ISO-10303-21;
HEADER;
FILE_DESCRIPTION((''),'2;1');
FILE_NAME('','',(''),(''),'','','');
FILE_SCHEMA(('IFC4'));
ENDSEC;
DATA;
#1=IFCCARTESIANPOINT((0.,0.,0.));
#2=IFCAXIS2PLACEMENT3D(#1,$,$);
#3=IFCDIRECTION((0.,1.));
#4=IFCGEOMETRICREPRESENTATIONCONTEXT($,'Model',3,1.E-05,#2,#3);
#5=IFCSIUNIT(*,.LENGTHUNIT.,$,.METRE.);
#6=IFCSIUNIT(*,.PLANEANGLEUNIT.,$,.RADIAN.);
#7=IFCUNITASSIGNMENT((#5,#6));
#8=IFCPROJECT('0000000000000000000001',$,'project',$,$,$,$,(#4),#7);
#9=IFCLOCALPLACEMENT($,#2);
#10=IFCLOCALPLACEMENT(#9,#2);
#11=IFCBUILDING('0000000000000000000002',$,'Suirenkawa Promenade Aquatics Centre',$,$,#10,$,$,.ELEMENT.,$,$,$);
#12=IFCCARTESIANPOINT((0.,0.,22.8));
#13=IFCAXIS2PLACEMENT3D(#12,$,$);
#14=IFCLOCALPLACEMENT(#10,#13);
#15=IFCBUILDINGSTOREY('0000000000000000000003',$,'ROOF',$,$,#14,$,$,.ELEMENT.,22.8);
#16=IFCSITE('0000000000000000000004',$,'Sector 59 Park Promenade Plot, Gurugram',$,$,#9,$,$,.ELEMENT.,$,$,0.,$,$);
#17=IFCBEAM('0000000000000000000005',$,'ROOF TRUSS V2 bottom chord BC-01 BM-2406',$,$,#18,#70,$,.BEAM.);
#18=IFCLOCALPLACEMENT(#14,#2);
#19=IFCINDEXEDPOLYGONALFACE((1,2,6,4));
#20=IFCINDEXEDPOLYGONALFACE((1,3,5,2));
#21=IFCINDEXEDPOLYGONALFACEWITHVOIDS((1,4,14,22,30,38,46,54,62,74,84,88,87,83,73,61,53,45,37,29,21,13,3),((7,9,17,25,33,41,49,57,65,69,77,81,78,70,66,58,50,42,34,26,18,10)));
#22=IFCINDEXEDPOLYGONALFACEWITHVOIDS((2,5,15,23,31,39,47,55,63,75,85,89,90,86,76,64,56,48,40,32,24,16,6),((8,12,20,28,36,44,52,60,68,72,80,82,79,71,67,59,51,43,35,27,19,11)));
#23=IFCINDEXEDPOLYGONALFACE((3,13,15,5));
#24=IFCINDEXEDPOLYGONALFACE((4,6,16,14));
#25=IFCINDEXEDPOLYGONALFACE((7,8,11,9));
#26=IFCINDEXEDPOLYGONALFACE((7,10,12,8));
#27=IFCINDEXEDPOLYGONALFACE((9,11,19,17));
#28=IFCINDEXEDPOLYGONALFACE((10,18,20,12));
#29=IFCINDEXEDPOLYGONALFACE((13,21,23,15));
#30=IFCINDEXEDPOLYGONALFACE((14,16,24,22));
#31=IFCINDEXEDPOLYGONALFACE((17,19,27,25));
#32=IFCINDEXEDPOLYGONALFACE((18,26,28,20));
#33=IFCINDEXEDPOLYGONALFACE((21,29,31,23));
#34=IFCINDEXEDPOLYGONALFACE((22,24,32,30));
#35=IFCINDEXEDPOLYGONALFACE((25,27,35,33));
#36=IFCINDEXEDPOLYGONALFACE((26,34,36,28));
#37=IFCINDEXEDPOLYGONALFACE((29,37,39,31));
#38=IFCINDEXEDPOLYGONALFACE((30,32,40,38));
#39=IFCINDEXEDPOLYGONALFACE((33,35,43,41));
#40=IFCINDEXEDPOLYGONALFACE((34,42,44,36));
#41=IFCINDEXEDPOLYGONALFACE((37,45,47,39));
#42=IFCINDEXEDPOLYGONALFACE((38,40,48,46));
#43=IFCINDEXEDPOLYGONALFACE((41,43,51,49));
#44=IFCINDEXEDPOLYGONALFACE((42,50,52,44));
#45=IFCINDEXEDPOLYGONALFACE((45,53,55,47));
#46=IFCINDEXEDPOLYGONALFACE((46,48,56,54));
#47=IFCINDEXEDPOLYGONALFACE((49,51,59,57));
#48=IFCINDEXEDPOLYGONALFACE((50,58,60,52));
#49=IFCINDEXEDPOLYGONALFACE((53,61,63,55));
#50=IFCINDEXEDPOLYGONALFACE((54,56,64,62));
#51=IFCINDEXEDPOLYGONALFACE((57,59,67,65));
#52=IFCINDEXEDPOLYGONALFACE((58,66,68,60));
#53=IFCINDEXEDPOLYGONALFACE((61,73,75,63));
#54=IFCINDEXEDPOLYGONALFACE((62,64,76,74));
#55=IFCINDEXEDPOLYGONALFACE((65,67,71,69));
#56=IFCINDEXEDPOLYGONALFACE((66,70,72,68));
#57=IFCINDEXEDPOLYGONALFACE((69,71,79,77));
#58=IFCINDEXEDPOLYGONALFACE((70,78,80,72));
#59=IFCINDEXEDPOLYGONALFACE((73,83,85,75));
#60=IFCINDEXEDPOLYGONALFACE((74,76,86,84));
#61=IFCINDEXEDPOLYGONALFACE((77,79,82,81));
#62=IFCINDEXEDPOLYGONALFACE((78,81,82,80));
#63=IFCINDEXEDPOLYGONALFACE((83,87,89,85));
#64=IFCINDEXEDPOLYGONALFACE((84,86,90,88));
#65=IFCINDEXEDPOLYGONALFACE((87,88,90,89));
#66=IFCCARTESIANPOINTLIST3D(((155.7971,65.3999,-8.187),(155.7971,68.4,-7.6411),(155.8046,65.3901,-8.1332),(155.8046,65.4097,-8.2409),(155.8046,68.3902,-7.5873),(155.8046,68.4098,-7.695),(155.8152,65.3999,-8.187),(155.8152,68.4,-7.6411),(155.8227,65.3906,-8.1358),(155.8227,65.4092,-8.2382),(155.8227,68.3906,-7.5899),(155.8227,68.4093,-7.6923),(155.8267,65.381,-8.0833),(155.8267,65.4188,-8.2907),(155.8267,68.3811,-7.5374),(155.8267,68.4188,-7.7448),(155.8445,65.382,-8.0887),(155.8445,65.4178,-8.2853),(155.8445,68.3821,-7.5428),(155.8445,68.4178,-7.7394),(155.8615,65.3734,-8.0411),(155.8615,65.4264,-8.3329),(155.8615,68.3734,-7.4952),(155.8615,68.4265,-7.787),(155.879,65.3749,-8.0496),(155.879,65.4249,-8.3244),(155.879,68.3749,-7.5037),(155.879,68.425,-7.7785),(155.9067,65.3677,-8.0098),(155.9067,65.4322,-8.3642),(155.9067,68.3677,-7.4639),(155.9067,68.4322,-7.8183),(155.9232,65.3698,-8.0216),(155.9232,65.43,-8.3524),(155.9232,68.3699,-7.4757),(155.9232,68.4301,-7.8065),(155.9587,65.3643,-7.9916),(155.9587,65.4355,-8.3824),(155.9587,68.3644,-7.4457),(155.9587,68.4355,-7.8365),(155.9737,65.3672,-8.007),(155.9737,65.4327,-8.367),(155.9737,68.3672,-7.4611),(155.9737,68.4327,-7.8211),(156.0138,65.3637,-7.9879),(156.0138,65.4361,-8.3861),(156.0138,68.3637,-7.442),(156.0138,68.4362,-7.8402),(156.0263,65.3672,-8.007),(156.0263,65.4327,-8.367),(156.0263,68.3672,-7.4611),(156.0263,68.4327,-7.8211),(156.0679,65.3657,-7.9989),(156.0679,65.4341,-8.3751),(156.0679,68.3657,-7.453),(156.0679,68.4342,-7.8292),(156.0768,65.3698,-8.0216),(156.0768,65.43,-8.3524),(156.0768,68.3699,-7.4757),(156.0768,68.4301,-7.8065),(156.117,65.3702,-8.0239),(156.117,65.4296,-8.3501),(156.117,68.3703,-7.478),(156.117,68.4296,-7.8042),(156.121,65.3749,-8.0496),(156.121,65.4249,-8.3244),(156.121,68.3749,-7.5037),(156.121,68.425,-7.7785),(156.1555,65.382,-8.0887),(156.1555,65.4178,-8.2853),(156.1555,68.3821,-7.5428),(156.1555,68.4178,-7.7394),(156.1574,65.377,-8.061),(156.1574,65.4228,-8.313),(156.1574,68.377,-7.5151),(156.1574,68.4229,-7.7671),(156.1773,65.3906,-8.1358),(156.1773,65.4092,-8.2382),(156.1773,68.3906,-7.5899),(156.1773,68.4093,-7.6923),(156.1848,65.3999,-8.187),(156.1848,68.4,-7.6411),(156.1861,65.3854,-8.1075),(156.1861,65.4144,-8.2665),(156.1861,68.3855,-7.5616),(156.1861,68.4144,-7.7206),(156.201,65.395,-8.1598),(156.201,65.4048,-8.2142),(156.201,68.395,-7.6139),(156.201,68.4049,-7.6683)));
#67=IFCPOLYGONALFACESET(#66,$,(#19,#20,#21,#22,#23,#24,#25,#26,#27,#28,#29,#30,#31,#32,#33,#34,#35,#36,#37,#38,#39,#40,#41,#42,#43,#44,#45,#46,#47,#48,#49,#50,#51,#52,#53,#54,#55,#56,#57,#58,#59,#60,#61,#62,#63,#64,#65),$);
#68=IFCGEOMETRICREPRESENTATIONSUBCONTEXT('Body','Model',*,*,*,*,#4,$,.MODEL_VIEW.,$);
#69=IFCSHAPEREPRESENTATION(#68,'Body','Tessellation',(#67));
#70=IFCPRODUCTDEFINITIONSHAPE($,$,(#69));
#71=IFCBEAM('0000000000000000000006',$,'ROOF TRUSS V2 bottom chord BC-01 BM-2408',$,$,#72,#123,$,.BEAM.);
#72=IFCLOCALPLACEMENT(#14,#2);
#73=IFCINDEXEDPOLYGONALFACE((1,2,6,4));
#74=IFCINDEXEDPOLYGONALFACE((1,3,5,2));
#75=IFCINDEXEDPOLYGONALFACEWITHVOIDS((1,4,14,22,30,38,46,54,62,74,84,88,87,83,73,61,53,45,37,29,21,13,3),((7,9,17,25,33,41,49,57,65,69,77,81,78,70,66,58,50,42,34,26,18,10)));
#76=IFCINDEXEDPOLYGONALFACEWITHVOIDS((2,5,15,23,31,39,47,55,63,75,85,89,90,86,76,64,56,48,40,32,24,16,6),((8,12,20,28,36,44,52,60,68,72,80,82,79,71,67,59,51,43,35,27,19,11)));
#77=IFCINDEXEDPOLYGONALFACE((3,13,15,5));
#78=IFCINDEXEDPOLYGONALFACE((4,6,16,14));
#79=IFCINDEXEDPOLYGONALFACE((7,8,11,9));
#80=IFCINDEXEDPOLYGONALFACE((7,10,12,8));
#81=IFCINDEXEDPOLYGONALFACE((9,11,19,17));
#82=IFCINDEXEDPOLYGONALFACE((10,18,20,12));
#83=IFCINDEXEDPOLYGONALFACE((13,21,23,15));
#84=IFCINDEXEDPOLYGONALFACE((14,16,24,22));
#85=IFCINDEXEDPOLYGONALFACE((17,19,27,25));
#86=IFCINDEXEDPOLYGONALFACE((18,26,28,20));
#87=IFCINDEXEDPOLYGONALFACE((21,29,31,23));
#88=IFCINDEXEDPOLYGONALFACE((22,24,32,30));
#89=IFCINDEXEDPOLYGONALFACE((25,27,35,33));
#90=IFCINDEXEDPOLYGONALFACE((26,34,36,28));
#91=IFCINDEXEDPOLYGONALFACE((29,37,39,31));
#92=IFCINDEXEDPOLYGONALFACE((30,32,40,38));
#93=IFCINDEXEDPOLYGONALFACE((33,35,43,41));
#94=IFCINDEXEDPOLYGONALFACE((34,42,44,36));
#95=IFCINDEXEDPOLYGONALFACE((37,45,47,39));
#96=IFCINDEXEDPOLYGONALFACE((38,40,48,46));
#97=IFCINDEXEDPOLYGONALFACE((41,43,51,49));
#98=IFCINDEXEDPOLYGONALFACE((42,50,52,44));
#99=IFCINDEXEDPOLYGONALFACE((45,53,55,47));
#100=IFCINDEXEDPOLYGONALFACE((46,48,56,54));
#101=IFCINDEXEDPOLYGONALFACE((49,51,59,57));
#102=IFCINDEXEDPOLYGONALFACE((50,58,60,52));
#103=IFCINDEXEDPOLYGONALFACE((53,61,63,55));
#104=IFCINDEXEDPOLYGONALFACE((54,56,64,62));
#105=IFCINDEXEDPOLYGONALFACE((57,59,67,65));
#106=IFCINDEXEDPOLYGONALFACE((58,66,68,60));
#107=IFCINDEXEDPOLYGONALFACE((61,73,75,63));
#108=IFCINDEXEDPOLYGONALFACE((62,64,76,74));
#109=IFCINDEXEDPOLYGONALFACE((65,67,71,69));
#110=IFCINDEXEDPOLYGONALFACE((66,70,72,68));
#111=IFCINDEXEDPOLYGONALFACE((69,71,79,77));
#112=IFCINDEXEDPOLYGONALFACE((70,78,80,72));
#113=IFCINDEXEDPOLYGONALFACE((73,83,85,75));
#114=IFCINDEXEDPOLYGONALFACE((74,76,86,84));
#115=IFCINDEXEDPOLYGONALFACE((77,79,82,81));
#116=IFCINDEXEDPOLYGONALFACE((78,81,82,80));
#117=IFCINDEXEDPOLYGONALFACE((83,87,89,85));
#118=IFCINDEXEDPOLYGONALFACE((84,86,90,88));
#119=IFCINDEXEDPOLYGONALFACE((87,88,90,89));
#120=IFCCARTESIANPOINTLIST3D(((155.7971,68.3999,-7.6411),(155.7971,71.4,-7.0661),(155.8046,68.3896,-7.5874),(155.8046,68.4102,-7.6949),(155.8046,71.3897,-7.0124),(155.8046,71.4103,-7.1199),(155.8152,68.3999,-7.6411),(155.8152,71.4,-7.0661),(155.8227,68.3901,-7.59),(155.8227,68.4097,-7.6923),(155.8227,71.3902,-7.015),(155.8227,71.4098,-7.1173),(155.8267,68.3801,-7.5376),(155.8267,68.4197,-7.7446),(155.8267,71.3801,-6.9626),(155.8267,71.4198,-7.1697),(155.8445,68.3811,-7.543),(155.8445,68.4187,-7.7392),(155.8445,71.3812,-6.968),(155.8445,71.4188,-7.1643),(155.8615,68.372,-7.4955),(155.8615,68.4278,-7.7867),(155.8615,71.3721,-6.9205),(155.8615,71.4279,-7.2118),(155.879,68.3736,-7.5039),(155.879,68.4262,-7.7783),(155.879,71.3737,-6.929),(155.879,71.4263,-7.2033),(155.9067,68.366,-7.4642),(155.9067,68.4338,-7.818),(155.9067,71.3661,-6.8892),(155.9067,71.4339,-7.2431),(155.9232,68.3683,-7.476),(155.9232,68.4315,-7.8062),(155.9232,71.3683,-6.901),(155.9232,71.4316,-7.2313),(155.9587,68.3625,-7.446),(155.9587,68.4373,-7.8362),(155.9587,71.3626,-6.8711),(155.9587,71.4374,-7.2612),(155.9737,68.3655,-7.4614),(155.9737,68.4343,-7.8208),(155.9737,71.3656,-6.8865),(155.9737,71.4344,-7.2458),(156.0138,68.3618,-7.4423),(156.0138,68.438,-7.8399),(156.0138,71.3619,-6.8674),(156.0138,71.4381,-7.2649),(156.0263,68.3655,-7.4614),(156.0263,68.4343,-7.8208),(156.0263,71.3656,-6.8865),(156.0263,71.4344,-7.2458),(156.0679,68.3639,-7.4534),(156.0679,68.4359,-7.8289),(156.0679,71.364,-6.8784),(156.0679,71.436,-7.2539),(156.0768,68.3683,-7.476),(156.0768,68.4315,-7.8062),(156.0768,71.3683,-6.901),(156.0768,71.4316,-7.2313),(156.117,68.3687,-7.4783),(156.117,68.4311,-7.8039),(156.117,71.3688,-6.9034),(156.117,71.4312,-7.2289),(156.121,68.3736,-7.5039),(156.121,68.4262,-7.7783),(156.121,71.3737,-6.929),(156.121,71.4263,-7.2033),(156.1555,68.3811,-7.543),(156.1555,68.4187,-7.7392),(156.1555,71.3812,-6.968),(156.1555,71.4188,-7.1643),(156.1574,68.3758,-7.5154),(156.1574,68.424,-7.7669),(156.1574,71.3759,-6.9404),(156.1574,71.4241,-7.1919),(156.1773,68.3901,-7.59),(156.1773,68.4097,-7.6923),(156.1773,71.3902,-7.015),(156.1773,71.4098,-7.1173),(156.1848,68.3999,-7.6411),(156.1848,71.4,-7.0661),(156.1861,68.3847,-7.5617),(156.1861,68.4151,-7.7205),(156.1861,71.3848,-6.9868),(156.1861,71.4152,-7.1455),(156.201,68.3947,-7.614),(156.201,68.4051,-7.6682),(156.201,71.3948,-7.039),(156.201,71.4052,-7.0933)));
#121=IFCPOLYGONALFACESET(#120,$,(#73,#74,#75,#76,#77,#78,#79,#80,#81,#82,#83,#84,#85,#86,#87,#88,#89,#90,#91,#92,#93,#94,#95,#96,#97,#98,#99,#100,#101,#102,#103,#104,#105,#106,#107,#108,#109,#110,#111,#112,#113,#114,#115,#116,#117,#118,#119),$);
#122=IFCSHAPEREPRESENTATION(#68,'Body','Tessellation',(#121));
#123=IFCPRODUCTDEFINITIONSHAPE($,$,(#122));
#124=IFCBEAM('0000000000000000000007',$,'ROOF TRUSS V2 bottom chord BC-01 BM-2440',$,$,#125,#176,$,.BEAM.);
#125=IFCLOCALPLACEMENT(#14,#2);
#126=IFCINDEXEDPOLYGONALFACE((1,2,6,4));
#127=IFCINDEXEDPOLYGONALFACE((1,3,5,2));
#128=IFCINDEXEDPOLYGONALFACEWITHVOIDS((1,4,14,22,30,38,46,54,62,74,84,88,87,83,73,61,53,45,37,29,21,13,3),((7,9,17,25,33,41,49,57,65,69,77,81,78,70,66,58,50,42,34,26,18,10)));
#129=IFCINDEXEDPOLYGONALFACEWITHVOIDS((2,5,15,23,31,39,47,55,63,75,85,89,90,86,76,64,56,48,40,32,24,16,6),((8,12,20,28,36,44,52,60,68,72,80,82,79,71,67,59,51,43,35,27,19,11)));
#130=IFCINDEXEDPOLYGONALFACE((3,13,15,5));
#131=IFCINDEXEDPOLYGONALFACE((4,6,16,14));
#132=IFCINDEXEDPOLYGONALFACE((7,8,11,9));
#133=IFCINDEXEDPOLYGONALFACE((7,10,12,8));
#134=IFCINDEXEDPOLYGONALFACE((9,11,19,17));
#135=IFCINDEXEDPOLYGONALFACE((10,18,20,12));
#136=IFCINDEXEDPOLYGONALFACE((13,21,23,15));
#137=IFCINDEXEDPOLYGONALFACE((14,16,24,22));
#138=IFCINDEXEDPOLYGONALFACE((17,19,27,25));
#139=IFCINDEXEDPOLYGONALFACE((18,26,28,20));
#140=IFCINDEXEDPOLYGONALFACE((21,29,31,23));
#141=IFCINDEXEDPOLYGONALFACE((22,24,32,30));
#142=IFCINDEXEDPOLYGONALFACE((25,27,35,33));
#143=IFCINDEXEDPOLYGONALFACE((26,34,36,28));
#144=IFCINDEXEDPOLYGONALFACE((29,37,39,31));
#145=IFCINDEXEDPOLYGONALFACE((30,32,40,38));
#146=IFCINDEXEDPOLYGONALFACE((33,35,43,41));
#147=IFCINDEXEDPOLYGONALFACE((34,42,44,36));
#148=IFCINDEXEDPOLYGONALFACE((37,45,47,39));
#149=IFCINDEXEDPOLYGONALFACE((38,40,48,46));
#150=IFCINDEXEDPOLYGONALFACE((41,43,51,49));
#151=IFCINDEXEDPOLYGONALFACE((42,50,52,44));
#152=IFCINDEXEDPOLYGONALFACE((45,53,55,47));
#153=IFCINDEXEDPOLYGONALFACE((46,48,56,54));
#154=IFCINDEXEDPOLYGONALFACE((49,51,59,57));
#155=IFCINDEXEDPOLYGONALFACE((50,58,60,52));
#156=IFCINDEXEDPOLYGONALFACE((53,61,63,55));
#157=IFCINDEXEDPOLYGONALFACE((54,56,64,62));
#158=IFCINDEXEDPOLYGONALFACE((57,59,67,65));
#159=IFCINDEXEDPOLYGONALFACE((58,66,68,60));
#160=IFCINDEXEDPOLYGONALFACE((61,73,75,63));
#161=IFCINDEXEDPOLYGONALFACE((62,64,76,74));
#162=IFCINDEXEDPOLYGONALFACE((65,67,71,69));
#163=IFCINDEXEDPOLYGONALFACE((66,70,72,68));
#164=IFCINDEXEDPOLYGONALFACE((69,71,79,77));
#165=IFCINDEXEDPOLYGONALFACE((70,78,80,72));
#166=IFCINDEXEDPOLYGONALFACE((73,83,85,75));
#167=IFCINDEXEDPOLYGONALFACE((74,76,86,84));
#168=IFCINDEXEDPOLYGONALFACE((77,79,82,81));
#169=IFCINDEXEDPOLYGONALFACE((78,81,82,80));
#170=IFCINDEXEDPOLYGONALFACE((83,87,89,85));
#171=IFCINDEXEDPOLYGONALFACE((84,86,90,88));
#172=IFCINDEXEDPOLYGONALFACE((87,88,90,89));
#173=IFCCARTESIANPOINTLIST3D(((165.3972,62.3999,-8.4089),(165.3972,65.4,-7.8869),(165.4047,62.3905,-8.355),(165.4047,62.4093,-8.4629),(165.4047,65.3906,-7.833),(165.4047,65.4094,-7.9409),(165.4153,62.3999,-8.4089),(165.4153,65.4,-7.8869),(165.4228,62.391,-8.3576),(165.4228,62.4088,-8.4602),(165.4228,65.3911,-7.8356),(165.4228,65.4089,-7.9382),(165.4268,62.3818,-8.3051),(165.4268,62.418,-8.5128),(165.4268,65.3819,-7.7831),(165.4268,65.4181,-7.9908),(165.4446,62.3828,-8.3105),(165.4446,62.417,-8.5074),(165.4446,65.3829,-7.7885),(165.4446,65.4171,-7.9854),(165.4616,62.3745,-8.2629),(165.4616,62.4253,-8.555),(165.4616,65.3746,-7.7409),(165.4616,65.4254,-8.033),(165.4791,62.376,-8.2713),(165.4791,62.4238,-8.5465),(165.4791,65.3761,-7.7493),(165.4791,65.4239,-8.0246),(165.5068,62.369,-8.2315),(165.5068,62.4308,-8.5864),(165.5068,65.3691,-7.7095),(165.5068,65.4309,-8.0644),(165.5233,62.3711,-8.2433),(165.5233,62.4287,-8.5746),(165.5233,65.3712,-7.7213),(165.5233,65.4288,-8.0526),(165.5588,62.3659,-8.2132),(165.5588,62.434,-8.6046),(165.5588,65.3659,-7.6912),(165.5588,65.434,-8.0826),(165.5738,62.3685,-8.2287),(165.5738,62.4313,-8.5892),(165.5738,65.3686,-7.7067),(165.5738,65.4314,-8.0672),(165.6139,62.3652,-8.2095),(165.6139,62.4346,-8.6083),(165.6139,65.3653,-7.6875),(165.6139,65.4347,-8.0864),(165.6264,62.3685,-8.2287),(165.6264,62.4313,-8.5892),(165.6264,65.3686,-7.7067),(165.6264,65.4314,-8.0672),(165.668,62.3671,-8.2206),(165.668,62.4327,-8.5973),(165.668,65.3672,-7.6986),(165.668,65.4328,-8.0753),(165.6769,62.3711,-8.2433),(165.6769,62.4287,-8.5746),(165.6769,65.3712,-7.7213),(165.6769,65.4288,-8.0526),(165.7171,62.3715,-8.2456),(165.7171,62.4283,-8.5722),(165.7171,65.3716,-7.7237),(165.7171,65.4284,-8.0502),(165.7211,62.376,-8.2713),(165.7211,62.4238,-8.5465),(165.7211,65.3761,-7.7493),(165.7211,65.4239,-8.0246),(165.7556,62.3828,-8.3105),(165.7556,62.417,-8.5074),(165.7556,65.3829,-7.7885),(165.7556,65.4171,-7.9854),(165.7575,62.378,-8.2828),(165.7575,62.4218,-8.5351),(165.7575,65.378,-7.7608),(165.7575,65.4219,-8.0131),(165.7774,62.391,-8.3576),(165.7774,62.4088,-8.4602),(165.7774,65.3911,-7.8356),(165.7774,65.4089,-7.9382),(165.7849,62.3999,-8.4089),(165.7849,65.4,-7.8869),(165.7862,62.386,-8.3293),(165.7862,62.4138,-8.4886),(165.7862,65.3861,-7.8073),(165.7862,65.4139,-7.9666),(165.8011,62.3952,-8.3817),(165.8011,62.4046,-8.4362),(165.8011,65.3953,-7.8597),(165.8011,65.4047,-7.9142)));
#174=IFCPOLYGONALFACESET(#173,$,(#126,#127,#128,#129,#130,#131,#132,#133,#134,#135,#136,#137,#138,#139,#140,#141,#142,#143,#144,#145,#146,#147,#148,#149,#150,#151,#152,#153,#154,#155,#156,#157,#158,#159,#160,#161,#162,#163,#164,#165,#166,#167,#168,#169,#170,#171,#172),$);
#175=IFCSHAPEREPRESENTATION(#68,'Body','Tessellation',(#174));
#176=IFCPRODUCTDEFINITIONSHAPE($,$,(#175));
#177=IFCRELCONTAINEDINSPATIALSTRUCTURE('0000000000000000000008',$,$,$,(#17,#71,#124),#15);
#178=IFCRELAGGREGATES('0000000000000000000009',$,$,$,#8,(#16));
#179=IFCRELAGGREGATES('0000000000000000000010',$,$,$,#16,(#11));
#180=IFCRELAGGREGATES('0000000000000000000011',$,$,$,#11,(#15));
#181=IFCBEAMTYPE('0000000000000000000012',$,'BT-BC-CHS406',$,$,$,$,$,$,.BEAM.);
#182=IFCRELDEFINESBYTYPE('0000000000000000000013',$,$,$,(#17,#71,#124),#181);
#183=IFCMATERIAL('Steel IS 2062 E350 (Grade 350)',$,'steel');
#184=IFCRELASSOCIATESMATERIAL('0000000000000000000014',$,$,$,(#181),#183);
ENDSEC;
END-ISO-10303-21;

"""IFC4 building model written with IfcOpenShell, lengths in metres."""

from ifc_helpers import new_model, si_unit, direction, frame, origin, origin_2d, place, context, subcontext, project, spatial, hollow_circle, extrude, material, material_profile, profile_set, type_object, element, save


model = new_model("IFC4")

# Units and contexts
model_context = context("Model", 3, precision=1e-05, world=origin(), true_north=direction((0.0, 1.0)))
body_context = subcontext(model_context, "Body", "Model", "MODEL_VIEW")
ifc_project = project(units=[si_unit("LENGTHUNIT", "METRE"), si_unit("PLANEANGLEUNIT", "RADIAN")], contexts=[model_context])

# Site, building, storey
site_placement = place(None, origin())
site = spatial("IfcSite", under=ifc_project, at=site_placement, Name="Sector 59 Park Promenade Plot, Gurugram", CompositionType="ELEMENT", RefElevation=0.0)
building_placement = place(site_placement, origin())
building = spatial("IfcBuilding", under=site, at=building_placement, Name="Suirenkawa Promenade Aquatics Centre", CompositionType="ELEMENT")
storey_placement = place(building_placement, frame((0.0, 0.0, 22.8)))
storey = spatial("IfcBuildingStorey", under=building, at=storey_placement, Name="ROOF", CompositionType="ELEMENT", Elevation=22.8)

# Beams
ifc_material = material(Name="Steel IS 2062 E350 (Grade 350)", Category="steel")
ifc_material_profile_1 = material_profile(ifc_material, hollow_circle(Radius=0.2029, WallThickness=0.0181, at=origin_2d()), Name="CHS 406x18", Category="steel")
ifc_profile_set_1 = profile_set([ifc_material_profile_1], Name="Steel IS 2062 E350 (Grade 350)")
beam_type_1 = type_object("IfcBeamType", Name="BT-BC-CHS406", PredefinedType="BEAM", material=ifc_profile_set_1)
beam_1_placement = place(storey_placement, frame((156.0, 65.3999, -8.187), z_axis=(0.0, 0.983844, 0.179026), x_axis=(-1.0, 0.0, 0.0)))
element("IfcBeam", 1, at=beam_1_placement, inside=storey, type_object=beam_type_1, Name="ROOF TRUSS V2 bottom chord BC-01 BM-2406", PredefinedType="BEAM", context=body_context, shape_type="SweptSolid", body=[
    extrude(hollow_circle(Radius=0.2029, WallThickness=0.0181, at=origin_2d()), origin(), (0.0, 0.0, 1.0), 3.0493),
])
beam_2_placement = place(storey_placement, frame((156.0, 68.3999, -7.6411), z_axis=(0.0, 0.982126, 0.188225), x_axis=(-1.0, 0.0, 0.0)))
element("IfcBeam", 2, at=beam_2_placement, inside=storey, type_object=beam_type_1, Name="ROOF TRUSS V2 bottom chord BC-01 BM-2408", PredefinedType="BEAM", context=body_context, shape_type="SweptSolid", body=[
    extrude(hollow_circle(Radius=0.2029, WallThickness=0.0181, at=origin_2d()), origin(), (0.0, 0.0, 1.0), 3.0547),
])
beam_3_placement = place(storey_placement, frame((165.6001, 62.3999, -8.4089), z_axis=(0.0, 0.985199, 0.171416), x_axis=(-1.0, 0.0, 0.0)))
element("IfcBeam", 3, at=beam_3_placement, inside=storey, type_object=beam_type_1, Name="ROOF TRUSS V2 bottom chord BC-01 BM-2440", PredefinedType="BEAM", context=body_context, shape_type="SweptSolid", body=[
    extrude(hollow_circle(Radius=0.2029, WallThickness=0.0181, at=origin_2d()), origin(), (0.0, 0.0, 1.0), 3.0452),
])

save(model, "model.ifc")
